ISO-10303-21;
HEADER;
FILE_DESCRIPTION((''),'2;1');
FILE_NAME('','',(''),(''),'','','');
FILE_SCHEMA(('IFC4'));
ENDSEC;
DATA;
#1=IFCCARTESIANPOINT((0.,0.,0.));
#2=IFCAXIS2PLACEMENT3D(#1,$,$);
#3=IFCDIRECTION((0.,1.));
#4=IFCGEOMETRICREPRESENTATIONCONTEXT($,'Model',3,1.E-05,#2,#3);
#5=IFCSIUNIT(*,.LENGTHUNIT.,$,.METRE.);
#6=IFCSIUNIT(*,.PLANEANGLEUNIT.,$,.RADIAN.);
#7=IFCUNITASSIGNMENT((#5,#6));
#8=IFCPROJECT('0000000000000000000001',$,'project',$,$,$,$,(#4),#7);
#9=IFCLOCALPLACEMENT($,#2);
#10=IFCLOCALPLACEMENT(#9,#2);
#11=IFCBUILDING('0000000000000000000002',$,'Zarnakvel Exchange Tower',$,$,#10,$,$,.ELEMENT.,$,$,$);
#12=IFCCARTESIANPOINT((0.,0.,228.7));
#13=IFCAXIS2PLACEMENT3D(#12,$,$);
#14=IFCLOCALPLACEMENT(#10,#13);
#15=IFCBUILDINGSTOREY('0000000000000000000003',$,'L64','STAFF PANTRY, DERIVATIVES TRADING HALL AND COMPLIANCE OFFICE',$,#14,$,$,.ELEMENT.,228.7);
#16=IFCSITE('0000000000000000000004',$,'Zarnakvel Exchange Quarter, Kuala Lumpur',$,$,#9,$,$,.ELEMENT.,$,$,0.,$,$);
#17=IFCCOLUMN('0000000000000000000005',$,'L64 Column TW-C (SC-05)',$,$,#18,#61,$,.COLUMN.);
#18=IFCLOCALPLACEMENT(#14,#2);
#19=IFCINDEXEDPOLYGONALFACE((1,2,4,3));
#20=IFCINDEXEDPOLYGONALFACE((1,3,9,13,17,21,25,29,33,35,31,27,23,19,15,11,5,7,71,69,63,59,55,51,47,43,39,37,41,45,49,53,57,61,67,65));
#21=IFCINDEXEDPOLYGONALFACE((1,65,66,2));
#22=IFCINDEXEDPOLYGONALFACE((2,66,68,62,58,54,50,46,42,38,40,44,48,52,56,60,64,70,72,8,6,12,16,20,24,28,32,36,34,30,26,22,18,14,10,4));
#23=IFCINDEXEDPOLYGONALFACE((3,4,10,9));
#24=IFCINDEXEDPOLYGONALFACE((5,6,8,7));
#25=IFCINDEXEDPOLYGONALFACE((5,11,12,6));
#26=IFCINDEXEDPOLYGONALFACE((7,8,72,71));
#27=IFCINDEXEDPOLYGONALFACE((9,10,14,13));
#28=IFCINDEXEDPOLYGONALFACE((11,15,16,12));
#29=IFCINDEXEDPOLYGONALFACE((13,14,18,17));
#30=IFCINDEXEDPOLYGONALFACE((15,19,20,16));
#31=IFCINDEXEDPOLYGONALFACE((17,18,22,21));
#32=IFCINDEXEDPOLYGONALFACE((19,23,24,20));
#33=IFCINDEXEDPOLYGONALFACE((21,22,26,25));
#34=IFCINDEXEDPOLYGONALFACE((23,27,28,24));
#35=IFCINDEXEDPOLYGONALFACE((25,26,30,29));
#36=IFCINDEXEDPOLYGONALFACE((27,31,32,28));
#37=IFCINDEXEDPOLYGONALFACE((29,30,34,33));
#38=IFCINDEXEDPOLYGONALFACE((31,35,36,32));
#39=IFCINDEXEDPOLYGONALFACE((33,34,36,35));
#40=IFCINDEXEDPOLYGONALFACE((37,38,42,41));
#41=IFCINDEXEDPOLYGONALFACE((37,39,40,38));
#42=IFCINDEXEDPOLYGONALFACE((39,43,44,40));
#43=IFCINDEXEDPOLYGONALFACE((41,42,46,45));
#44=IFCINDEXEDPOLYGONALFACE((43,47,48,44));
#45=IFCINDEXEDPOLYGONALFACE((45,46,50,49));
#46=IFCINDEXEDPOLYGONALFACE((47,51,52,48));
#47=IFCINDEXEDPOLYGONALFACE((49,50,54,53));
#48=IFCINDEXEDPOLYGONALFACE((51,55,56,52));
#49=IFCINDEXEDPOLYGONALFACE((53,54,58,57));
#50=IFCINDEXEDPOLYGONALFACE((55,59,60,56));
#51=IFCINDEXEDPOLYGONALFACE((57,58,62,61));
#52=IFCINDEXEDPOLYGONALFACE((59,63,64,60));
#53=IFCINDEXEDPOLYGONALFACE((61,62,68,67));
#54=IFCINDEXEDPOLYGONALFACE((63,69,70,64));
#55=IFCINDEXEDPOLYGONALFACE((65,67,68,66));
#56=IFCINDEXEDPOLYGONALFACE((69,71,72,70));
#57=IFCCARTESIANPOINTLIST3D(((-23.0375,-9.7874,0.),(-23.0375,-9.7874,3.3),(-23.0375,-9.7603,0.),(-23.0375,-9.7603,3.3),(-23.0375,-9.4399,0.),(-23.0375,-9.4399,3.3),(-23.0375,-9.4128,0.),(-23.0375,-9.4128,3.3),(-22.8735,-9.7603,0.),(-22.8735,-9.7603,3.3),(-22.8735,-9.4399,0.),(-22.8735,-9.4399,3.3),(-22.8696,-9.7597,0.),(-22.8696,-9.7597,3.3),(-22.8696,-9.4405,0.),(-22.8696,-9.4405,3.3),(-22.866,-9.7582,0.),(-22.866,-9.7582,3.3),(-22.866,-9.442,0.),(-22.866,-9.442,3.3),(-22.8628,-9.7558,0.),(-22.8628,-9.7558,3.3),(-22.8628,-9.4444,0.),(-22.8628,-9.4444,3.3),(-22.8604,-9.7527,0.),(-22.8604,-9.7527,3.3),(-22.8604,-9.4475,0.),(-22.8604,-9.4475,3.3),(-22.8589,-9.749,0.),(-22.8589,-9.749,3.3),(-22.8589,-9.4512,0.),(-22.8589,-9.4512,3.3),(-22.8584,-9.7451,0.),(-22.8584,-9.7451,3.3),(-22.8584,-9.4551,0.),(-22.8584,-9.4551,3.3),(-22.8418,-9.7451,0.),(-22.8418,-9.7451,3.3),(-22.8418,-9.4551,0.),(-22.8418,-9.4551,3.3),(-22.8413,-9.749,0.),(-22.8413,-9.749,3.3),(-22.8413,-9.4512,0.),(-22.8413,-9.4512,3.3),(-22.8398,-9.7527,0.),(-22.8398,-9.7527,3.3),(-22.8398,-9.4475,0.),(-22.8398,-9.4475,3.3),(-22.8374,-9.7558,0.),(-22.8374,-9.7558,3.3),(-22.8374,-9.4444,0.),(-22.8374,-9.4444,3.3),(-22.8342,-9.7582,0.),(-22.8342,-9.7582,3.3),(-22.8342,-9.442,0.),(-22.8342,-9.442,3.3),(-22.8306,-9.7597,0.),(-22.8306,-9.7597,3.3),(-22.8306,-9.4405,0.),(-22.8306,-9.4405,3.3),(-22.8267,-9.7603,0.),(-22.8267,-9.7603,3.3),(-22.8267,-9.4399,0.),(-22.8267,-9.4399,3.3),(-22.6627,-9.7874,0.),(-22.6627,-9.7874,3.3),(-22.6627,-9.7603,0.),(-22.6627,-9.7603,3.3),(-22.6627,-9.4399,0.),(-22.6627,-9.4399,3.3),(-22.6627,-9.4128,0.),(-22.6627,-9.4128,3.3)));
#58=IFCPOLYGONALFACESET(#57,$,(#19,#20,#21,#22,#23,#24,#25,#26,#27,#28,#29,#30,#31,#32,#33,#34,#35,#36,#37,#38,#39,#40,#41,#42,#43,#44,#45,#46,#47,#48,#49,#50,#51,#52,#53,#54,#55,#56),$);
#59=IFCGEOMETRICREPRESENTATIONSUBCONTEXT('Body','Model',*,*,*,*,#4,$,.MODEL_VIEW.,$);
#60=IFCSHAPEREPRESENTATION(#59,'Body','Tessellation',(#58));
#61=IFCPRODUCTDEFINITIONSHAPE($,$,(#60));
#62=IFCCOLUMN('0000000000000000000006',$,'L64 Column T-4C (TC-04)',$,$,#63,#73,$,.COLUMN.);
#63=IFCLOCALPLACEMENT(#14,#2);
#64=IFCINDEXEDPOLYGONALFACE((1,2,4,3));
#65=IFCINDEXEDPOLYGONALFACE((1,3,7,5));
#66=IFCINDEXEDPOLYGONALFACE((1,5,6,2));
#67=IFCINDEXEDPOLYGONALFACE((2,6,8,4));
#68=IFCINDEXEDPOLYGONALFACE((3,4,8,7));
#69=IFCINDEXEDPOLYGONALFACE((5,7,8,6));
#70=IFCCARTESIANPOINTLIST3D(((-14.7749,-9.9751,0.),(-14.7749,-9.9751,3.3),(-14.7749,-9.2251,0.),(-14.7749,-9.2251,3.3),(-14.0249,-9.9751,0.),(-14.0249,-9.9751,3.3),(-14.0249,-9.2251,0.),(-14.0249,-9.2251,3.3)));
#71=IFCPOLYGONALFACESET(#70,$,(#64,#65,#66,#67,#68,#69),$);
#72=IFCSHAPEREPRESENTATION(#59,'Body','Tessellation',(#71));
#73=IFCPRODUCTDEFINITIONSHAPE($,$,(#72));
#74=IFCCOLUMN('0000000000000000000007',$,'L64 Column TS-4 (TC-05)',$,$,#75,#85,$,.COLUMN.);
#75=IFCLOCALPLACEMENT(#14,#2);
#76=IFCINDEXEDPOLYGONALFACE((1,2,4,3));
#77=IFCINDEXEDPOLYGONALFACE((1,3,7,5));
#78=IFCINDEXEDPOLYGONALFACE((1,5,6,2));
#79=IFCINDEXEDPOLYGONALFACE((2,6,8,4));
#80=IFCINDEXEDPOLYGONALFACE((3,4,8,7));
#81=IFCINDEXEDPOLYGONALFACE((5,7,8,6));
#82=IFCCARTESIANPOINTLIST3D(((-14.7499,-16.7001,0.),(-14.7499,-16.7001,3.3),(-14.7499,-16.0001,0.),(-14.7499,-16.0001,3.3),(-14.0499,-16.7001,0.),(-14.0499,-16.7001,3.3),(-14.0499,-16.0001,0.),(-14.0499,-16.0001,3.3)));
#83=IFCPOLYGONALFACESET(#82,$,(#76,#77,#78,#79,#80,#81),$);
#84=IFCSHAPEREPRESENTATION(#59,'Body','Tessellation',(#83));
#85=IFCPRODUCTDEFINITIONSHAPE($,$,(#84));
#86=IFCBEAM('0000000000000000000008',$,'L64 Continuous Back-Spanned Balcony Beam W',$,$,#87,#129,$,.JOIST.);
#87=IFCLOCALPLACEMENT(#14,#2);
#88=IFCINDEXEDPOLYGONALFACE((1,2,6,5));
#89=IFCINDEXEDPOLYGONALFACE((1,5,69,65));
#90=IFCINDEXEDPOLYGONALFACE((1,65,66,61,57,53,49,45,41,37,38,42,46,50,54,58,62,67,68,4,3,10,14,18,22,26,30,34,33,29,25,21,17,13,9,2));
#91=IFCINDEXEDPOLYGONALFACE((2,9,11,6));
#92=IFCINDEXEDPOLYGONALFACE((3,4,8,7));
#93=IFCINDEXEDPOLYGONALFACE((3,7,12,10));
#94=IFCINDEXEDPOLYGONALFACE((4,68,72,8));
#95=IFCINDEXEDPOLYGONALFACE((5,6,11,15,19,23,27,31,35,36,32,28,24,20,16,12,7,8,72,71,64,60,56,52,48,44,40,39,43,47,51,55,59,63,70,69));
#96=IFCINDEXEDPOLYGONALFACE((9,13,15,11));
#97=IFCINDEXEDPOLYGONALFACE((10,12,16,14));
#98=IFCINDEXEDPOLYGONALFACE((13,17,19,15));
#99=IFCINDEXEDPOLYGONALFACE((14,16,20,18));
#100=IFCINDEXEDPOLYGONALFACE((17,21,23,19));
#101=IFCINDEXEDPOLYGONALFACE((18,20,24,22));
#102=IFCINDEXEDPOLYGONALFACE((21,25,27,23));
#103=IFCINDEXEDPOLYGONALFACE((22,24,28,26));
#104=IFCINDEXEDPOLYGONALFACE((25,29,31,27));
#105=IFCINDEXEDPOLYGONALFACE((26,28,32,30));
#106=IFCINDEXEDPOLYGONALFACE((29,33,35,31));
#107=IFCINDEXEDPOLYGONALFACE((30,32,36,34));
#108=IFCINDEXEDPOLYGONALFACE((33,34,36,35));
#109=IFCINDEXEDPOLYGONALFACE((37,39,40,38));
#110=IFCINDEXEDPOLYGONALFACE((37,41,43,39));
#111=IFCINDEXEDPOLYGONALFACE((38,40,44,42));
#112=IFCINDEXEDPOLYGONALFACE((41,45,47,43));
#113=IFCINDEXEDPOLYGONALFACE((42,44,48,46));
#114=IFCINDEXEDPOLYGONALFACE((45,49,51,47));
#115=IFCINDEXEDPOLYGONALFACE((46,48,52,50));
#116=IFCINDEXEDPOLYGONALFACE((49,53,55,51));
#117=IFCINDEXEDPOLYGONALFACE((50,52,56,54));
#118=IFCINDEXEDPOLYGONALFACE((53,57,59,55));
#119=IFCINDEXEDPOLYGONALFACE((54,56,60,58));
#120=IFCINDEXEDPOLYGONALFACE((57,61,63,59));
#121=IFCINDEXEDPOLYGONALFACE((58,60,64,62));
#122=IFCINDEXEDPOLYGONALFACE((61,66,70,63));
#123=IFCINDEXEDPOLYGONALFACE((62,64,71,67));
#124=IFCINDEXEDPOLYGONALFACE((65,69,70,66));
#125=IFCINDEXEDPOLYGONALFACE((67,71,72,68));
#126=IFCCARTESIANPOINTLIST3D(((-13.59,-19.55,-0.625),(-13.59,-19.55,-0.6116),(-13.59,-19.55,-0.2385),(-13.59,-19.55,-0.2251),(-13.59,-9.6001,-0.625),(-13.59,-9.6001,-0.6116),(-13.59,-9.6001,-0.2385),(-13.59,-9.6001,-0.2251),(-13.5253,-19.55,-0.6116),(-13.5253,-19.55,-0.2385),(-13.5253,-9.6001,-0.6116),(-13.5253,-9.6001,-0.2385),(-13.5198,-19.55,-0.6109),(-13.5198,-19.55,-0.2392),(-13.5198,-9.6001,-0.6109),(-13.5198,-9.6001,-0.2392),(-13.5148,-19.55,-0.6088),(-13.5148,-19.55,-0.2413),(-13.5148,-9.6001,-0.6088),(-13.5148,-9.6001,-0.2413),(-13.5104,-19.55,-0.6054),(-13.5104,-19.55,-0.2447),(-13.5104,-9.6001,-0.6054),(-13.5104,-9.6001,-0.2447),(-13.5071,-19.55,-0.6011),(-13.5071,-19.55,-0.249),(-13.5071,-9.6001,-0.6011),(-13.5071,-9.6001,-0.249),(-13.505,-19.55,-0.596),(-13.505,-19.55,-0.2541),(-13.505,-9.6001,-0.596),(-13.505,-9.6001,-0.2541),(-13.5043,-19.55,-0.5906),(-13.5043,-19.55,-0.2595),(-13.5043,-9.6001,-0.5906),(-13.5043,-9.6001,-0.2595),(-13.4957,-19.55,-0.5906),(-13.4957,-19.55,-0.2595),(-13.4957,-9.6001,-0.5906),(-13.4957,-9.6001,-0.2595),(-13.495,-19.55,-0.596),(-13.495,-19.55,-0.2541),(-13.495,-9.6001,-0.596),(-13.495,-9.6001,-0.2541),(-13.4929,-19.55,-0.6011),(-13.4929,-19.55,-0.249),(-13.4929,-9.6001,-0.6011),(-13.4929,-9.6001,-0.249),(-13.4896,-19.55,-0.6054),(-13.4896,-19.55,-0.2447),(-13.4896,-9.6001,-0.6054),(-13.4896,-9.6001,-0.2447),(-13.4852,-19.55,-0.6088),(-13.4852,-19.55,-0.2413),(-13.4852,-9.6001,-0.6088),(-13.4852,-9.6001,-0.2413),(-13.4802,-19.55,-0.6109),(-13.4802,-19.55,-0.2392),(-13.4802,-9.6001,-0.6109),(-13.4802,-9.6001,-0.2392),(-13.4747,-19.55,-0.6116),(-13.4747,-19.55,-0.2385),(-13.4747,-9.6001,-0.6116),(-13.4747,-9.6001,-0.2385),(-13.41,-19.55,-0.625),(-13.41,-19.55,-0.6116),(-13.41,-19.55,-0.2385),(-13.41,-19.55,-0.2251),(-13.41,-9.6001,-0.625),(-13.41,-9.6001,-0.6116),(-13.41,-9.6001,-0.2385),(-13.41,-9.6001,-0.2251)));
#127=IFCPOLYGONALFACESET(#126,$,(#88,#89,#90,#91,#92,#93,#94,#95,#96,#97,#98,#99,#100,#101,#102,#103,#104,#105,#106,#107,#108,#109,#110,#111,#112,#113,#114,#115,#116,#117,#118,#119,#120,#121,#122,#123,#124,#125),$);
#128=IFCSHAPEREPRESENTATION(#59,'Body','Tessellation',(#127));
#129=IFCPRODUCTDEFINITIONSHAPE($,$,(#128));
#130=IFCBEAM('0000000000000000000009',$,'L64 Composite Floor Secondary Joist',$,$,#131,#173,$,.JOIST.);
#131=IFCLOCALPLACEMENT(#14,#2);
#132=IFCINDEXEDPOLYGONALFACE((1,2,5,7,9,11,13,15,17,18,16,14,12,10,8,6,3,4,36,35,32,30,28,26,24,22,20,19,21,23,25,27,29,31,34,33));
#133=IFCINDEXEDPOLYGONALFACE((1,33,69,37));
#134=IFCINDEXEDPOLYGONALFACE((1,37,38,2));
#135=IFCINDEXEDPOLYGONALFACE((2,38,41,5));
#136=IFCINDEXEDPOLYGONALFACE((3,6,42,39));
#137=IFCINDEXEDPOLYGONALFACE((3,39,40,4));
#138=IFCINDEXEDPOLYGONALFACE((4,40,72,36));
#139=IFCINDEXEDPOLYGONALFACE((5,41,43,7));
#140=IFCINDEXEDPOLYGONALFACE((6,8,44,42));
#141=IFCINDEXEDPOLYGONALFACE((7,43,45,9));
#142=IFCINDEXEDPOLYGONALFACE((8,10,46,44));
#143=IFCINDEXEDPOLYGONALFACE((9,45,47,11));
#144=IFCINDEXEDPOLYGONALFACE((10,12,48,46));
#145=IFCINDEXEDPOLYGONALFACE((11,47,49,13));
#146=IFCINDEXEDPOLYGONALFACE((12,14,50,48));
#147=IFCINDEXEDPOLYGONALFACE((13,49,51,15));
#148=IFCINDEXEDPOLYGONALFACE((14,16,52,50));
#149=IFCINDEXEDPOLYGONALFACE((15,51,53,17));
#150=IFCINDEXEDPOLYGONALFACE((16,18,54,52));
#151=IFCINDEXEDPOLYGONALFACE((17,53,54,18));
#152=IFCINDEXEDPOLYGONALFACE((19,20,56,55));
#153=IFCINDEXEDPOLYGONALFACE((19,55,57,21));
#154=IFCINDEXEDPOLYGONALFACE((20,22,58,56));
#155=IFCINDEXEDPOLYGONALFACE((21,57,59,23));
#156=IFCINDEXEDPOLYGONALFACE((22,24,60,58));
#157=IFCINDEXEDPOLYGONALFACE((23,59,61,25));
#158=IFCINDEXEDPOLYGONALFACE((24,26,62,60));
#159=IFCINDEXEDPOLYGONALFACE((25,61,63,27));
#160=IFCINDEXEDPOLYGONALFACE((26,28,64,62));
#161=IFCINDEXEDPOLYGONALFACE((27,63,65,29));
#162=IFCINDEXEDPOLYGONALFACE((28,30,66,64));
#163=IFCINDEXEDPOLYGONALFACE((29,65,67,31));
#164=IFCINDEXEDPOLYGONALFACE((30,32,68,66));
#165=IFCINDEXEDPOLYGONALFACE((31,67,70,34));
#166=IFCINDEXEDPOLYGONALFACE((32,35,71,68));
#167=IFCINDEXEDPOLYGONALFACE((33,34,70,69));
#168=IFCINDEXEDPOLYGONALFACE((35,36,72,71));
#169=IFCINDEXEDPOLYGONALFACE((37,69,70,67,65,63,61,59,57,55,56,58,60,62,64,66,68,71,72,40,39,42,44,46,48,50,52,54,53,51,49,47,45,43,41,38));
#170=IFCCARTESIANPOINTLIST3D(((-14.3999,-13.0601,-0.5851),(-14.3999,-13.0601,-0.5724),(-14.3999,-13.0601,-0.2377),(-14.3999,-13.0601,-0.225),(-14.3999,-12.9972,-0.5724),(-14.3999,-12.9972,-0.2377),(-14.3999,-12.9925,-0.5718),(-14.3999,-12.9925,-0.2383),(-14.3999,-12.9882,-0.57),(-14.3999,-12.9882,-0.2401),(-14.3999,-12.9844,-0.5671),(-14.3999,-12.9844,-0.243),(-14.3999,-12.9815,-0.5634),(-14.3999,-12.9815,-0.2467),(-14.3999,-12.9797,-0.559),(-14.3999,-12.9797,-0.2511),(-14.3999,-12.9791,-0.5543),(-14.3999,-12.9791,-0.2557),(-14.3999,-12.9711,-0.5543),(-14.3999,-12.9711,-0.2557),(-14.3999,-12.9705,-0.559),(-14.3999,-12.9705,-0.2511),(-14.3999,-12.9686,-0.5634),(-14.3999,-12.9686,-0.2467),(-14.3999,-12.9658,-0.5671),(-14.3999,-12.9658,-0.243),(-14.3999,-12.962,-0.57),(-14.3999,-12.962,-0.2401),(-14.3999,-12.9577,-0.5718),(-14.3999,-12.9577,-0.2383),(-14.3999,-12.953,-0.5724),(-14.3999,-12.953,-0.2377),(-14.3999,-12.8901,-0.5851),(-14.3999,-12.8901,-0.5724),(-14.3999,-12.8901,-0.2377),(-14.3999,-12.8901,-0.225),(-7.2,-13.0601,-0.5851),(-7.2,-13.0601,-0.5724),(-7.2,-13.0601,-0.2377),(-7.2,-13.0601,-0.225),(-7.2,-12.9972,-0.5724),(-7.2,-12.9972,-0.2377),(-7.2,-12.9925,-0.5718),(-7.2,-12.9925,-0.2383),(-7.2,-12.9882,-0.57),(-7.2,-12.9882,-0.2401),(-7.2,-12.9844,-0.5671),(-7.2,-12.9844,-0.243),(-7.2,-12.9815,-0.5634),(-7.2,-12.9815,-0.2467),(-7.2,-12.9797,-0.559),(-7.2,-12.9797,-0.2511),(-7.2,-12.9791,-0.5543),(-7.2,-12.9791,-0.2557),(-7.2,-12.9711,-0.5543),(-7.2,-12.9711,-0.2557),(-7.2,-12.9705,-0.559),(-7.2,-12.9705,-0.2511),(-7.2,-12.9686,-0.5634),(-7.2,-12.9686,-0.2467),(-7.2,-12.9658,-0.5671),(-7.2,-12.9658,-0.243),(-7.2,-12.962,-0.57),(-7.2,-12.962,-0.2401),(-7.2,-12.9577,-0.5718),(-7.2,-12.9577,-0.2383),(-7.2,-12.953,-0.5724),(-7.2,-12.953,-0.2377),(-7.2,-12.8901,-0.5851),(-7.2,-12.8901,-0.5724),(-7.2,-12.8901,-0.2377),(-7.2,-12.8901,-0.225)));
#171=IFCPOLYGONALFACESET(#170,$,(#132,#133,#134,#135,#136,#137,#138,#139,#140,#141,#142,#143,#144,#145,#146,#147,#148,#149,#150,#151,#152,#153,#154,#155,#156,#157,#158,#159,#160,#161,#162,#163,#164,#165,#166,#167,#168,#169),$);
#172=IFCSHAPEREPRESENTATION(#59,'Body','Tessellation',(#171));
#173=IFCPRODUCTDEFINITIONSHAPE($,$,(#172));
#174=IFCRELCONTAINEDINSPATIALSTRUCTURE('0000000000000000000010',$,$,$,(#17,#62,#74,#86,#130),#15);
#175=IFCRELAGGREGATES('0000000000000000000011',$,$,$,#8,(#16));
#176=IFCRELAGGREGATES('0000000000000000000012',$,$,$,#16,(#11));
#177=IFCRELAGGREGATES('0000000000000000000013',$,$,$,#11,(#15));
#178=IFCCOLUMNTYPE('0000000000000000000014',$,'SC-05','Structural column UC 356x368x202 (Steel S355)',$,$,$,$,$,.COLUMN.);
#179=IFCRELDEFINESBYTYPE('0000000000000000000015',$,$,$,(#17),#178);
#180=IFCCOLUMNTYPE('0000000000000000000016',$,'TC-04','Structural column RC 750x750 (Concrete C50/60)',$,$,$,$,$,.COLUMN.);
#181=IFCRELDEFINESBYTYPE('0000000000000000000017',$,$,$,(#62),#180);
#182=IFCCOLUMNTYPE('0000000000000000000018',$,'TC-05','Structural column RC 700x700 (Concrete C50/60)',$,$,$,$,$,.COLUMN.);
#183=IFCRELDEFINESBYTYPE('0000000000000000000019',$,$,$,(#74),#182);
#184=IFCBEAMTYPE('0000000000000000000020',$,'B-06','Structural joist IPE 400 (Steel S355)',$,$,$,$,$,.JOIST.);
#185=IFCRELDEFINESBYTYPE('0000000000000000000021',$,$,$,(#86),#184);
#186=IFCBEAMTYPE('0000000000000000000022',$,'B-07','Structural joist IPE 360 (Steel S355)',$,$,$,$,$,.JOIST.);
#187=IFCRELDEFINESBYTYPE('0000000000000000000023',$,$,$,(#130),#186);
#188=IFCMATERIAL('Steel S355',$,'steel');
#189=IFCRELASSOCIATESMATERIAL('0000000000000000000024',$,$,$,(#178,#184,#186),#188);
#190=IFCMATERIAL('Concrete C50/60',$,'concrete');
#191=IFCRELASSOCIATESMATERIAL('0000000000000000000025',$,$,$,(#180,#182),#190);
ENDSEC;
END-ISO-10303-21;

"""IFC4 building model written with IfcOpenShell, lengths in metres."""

from ifc_helpers import new_model, si_unit, direction, frame, origin, origin_2d, place, context, subcontext, project, spatial, rectangle, i_section, extrude, material, material_profile, profile_set, type_object, element, save


model = new_model("IFC4")

# Units and contexts
model_context = context("Model", 3, precision=1e-05, world=origin(), true_north=direction((0.0, 1.0)))
body_context = subcontext(model_context, "Body", "Model", "MODEL_VIEW")
ifc_project = project(units=[si_unit("LENGTHUNIT", "METRE"), si_unit("PLANEANGLEUNIT", "RADIAN")], contexts=[model_context])

# Site, building, storey
site_placement = place(None, origin())
site = spatial("IfcSite", under=ifc_project, at=site_placement, Name="Zarnakvel Exchange Quarter, Kuala Lumpur", CompositionType="ELEMENT", RefElevation=0.0)
building_placement = place(site_placement, origin())
building = spatial("IfcBuilding", under=site, at=building_placement, Name="Zarnakvel Exchange Tower", CompositionType="ELEMENT")
storey_placement = place(building_placement, frame((0.0, 0.0, 228.7)))
storey = spatial("IfcBuildingStorey", under=building, at=storey_placement, Name="L64", Description="STAFF PANTRY, DERIVATIVES TRADING HALL AND COMPLIANCE OFFICE", CompositionType="ELEMENT", Elevation=228.7)

# Columns
ifc_material_1 = material(Name="Steel S355", Category="steel")
ifc_material_profile_1 = material_profile(ifc_material_1, i_section(OverallWidth=0.3748, OverallDepth=0.3745, WebThickness=0.0166, FlangeThickness=0.0271, FilletRadius=0.0151, at=origin_2d()))
ifc_profile_set_1 = profile_set([ifc_material_profile_1], Name="Steel S355")
column_type_1 = type_object("IfcColumnType", Name="SC-05", Description="Structural column UC 356x368x202 (Steel S355)", PredefinedType="COLUMN", material=ifc_profile_set_1)
column_1_placement = place(storey_placement, frame((-22.8501, -9.6001, 0.0), z_axis=(0.0, 0.0, 1.0), x_axis=(1.0, 0.0, 0.0)))
element("IfcColumn", 1, at=column_1_placement, inside=storey, type_object=column_type_1, Name="L64 Column TW-C (SC-05)", PredefinedType="COLUMN", context=body_context, shape_type="SweptSolid", body=[
    extrude(i_section(OverallWidth=0.3748, OverallDepth=0.3745, WebThickness=0.0166, FlangeThickness=0.0271, FilletRadius=0.0151, at=origin_2d()), origin(), (0.0, 0.0, 1.0), 3.3),
])
ifc_material_2 = material(Name="Concrete C50/60", Category="concrete")
ifc_material_profile_2 = material_profile(ifc_material_2, rectangle(XDim=0.75, YDim=0.75, at=origin_2d()))
ifc_profile_set_2 = profile_set([ifc_material_profile_2], Name="Concrete C50/60")
column_type_2 = type_object("IfcColumnType", Name="TC-04", Description="Structural column RC 750x750 (Concrete C50/60)", PredefinedType="COLUMN", material=ifc_profile_set_2)
column_2_placement = place(storey_placement, frame((-14.3999, -9.6001, 0.0), z_axis=(0.0, 0.0, 1.0), x_axis=(1.0, 0.0, 0.0)))
element("IfcColumn", 2, at=column_2_placement, inside=storey, type_object=column_type_2, Name="L64 Column T-4C (TC-04)", PredefinedType="COLUMN", context=body_context, shape_type="SweptSolid", body=[
    extrude(rectangle(XDim=0.75, YDim=0.75, at=origin_2d()), origin(), (0.0, 0.0, 1.0), 3.3),
])
ifc_material_profile_3 = material_profile(ifc_material_2, rectangle(XDim=0.7, YDim=0.7, at=origin_2d()))
ifc_profile_set_3 = profile_set([ifc_material_profile_3], Name="Concrete C50/60")
column_type_3 = type_object("IfcColumnType", Name="TC-05", Description="Structural column RC 700x700 (Concrete C50/60)", PredefinedType="COLUMN", material=ifc_profile_set_3)
column_3_placement = place(storey_placement, frame((-14.3999, -16.3501, 0.0), z_axis=(0.0, 0.0, 1.0), x_axis=(1.0, 0.0, 0.0)))
element("IfcColumn", 3, at=column_3_placement, inside=storey, type_object=column_type_3, Name="L64 Column TS-4 (TC-05)", PredefinedType="COLUMN", context=body_context, shape_type="SweptSolid", body=[
    extrude(rectangle(XDim=0.7, YDim=0.7, at=origin_2d()), origin(), (0.0, 0.0, 1.0), 3.3),
])

# Beams
ifc_material_profile_4 = material_profile(ifc_material_1, i_section(OverallWidth=0.1799, OverallDepth=0.3999, WebThickness=0.0085, FlangeThickness=0.0134, FilletRadius=0.021, at=origin_2d()))
ifc_profile_set_4 = profile_set([ifc_material_profile_4], Name="Steel S355")
beam_type_1 = type_object("IfcBeamType", Name="B-06", Description="Structural joist IPE 400 (Steel S355)", PredefinedType="JOIST", material=ifc_profile_set_4)
beam_1_placement = place(storey_placement, frame((-13.5, -9.6001, -0.425), z_axis=(0.0, -1.0, 0.0), x_axis=(1.0, 0.0, 0.0)))
element("IfcBeam", 4, at=beam_1_placement, inside=storey, type_object=beam_type_1, Name="L64 Continuous Back-Spanned Balcony Beam W", PredefinedType="JOIST", context=body_context, shape_type="SweptSolid", body=[
    extrude(i_section(OverallWidth=0.1799, OverallDepth=0.3999, WebThickness=0.0085, FlangeThickness=0.0134, FilletRadius=0.021, at=origin_2d()), origin(), (0.0, 0.0, 1.0), 9.95),
])
ifc_material_profile_5 = material_profile(ifc_material_1, i_section(OverallWidth=0.1699, OverallDepth=0.3601, WebThickness=0.0081, FlangeThickness=0.0127, FilletRadius=0.0181, at=origin_2d()))
ifc_profile_set_5 = profile_set([ifc_material_profile_5], Name="Steel S355")
beam_type_2 = type_object("IfcBeamType", Name="B-07", Description="Structural joist IPE 360 (Steel S355)", PredefinedType="JOIST", material=ifc_profile_set_5)
beam_2_placement = place(storey_placement, frame((-14.3999, -12.9751, -0.405), z_axis=(1.0, 0.0, 0.0), x_axis=(0.0, 1.0, 0.0)))
element("IfcBeam", 5, at=beam_2_placement, inside=storey, type_object=beam_type_2, Name="L64 Composite Floor Secondary Joist", PredefinedType="JOIST", context=body_context, shape_type="SweptSolid", body=[
    extrude(i_section(OverallWidth=0.1699, OverallDepth=0.3601, WebThickness=0.0081, FlangeThickness=0.0127, FilletRadius=0.0181, at=origin_2d()), origin(), (0.0, 0.0, 1.0), 7.2),
])

save(model, "model.ifc")
